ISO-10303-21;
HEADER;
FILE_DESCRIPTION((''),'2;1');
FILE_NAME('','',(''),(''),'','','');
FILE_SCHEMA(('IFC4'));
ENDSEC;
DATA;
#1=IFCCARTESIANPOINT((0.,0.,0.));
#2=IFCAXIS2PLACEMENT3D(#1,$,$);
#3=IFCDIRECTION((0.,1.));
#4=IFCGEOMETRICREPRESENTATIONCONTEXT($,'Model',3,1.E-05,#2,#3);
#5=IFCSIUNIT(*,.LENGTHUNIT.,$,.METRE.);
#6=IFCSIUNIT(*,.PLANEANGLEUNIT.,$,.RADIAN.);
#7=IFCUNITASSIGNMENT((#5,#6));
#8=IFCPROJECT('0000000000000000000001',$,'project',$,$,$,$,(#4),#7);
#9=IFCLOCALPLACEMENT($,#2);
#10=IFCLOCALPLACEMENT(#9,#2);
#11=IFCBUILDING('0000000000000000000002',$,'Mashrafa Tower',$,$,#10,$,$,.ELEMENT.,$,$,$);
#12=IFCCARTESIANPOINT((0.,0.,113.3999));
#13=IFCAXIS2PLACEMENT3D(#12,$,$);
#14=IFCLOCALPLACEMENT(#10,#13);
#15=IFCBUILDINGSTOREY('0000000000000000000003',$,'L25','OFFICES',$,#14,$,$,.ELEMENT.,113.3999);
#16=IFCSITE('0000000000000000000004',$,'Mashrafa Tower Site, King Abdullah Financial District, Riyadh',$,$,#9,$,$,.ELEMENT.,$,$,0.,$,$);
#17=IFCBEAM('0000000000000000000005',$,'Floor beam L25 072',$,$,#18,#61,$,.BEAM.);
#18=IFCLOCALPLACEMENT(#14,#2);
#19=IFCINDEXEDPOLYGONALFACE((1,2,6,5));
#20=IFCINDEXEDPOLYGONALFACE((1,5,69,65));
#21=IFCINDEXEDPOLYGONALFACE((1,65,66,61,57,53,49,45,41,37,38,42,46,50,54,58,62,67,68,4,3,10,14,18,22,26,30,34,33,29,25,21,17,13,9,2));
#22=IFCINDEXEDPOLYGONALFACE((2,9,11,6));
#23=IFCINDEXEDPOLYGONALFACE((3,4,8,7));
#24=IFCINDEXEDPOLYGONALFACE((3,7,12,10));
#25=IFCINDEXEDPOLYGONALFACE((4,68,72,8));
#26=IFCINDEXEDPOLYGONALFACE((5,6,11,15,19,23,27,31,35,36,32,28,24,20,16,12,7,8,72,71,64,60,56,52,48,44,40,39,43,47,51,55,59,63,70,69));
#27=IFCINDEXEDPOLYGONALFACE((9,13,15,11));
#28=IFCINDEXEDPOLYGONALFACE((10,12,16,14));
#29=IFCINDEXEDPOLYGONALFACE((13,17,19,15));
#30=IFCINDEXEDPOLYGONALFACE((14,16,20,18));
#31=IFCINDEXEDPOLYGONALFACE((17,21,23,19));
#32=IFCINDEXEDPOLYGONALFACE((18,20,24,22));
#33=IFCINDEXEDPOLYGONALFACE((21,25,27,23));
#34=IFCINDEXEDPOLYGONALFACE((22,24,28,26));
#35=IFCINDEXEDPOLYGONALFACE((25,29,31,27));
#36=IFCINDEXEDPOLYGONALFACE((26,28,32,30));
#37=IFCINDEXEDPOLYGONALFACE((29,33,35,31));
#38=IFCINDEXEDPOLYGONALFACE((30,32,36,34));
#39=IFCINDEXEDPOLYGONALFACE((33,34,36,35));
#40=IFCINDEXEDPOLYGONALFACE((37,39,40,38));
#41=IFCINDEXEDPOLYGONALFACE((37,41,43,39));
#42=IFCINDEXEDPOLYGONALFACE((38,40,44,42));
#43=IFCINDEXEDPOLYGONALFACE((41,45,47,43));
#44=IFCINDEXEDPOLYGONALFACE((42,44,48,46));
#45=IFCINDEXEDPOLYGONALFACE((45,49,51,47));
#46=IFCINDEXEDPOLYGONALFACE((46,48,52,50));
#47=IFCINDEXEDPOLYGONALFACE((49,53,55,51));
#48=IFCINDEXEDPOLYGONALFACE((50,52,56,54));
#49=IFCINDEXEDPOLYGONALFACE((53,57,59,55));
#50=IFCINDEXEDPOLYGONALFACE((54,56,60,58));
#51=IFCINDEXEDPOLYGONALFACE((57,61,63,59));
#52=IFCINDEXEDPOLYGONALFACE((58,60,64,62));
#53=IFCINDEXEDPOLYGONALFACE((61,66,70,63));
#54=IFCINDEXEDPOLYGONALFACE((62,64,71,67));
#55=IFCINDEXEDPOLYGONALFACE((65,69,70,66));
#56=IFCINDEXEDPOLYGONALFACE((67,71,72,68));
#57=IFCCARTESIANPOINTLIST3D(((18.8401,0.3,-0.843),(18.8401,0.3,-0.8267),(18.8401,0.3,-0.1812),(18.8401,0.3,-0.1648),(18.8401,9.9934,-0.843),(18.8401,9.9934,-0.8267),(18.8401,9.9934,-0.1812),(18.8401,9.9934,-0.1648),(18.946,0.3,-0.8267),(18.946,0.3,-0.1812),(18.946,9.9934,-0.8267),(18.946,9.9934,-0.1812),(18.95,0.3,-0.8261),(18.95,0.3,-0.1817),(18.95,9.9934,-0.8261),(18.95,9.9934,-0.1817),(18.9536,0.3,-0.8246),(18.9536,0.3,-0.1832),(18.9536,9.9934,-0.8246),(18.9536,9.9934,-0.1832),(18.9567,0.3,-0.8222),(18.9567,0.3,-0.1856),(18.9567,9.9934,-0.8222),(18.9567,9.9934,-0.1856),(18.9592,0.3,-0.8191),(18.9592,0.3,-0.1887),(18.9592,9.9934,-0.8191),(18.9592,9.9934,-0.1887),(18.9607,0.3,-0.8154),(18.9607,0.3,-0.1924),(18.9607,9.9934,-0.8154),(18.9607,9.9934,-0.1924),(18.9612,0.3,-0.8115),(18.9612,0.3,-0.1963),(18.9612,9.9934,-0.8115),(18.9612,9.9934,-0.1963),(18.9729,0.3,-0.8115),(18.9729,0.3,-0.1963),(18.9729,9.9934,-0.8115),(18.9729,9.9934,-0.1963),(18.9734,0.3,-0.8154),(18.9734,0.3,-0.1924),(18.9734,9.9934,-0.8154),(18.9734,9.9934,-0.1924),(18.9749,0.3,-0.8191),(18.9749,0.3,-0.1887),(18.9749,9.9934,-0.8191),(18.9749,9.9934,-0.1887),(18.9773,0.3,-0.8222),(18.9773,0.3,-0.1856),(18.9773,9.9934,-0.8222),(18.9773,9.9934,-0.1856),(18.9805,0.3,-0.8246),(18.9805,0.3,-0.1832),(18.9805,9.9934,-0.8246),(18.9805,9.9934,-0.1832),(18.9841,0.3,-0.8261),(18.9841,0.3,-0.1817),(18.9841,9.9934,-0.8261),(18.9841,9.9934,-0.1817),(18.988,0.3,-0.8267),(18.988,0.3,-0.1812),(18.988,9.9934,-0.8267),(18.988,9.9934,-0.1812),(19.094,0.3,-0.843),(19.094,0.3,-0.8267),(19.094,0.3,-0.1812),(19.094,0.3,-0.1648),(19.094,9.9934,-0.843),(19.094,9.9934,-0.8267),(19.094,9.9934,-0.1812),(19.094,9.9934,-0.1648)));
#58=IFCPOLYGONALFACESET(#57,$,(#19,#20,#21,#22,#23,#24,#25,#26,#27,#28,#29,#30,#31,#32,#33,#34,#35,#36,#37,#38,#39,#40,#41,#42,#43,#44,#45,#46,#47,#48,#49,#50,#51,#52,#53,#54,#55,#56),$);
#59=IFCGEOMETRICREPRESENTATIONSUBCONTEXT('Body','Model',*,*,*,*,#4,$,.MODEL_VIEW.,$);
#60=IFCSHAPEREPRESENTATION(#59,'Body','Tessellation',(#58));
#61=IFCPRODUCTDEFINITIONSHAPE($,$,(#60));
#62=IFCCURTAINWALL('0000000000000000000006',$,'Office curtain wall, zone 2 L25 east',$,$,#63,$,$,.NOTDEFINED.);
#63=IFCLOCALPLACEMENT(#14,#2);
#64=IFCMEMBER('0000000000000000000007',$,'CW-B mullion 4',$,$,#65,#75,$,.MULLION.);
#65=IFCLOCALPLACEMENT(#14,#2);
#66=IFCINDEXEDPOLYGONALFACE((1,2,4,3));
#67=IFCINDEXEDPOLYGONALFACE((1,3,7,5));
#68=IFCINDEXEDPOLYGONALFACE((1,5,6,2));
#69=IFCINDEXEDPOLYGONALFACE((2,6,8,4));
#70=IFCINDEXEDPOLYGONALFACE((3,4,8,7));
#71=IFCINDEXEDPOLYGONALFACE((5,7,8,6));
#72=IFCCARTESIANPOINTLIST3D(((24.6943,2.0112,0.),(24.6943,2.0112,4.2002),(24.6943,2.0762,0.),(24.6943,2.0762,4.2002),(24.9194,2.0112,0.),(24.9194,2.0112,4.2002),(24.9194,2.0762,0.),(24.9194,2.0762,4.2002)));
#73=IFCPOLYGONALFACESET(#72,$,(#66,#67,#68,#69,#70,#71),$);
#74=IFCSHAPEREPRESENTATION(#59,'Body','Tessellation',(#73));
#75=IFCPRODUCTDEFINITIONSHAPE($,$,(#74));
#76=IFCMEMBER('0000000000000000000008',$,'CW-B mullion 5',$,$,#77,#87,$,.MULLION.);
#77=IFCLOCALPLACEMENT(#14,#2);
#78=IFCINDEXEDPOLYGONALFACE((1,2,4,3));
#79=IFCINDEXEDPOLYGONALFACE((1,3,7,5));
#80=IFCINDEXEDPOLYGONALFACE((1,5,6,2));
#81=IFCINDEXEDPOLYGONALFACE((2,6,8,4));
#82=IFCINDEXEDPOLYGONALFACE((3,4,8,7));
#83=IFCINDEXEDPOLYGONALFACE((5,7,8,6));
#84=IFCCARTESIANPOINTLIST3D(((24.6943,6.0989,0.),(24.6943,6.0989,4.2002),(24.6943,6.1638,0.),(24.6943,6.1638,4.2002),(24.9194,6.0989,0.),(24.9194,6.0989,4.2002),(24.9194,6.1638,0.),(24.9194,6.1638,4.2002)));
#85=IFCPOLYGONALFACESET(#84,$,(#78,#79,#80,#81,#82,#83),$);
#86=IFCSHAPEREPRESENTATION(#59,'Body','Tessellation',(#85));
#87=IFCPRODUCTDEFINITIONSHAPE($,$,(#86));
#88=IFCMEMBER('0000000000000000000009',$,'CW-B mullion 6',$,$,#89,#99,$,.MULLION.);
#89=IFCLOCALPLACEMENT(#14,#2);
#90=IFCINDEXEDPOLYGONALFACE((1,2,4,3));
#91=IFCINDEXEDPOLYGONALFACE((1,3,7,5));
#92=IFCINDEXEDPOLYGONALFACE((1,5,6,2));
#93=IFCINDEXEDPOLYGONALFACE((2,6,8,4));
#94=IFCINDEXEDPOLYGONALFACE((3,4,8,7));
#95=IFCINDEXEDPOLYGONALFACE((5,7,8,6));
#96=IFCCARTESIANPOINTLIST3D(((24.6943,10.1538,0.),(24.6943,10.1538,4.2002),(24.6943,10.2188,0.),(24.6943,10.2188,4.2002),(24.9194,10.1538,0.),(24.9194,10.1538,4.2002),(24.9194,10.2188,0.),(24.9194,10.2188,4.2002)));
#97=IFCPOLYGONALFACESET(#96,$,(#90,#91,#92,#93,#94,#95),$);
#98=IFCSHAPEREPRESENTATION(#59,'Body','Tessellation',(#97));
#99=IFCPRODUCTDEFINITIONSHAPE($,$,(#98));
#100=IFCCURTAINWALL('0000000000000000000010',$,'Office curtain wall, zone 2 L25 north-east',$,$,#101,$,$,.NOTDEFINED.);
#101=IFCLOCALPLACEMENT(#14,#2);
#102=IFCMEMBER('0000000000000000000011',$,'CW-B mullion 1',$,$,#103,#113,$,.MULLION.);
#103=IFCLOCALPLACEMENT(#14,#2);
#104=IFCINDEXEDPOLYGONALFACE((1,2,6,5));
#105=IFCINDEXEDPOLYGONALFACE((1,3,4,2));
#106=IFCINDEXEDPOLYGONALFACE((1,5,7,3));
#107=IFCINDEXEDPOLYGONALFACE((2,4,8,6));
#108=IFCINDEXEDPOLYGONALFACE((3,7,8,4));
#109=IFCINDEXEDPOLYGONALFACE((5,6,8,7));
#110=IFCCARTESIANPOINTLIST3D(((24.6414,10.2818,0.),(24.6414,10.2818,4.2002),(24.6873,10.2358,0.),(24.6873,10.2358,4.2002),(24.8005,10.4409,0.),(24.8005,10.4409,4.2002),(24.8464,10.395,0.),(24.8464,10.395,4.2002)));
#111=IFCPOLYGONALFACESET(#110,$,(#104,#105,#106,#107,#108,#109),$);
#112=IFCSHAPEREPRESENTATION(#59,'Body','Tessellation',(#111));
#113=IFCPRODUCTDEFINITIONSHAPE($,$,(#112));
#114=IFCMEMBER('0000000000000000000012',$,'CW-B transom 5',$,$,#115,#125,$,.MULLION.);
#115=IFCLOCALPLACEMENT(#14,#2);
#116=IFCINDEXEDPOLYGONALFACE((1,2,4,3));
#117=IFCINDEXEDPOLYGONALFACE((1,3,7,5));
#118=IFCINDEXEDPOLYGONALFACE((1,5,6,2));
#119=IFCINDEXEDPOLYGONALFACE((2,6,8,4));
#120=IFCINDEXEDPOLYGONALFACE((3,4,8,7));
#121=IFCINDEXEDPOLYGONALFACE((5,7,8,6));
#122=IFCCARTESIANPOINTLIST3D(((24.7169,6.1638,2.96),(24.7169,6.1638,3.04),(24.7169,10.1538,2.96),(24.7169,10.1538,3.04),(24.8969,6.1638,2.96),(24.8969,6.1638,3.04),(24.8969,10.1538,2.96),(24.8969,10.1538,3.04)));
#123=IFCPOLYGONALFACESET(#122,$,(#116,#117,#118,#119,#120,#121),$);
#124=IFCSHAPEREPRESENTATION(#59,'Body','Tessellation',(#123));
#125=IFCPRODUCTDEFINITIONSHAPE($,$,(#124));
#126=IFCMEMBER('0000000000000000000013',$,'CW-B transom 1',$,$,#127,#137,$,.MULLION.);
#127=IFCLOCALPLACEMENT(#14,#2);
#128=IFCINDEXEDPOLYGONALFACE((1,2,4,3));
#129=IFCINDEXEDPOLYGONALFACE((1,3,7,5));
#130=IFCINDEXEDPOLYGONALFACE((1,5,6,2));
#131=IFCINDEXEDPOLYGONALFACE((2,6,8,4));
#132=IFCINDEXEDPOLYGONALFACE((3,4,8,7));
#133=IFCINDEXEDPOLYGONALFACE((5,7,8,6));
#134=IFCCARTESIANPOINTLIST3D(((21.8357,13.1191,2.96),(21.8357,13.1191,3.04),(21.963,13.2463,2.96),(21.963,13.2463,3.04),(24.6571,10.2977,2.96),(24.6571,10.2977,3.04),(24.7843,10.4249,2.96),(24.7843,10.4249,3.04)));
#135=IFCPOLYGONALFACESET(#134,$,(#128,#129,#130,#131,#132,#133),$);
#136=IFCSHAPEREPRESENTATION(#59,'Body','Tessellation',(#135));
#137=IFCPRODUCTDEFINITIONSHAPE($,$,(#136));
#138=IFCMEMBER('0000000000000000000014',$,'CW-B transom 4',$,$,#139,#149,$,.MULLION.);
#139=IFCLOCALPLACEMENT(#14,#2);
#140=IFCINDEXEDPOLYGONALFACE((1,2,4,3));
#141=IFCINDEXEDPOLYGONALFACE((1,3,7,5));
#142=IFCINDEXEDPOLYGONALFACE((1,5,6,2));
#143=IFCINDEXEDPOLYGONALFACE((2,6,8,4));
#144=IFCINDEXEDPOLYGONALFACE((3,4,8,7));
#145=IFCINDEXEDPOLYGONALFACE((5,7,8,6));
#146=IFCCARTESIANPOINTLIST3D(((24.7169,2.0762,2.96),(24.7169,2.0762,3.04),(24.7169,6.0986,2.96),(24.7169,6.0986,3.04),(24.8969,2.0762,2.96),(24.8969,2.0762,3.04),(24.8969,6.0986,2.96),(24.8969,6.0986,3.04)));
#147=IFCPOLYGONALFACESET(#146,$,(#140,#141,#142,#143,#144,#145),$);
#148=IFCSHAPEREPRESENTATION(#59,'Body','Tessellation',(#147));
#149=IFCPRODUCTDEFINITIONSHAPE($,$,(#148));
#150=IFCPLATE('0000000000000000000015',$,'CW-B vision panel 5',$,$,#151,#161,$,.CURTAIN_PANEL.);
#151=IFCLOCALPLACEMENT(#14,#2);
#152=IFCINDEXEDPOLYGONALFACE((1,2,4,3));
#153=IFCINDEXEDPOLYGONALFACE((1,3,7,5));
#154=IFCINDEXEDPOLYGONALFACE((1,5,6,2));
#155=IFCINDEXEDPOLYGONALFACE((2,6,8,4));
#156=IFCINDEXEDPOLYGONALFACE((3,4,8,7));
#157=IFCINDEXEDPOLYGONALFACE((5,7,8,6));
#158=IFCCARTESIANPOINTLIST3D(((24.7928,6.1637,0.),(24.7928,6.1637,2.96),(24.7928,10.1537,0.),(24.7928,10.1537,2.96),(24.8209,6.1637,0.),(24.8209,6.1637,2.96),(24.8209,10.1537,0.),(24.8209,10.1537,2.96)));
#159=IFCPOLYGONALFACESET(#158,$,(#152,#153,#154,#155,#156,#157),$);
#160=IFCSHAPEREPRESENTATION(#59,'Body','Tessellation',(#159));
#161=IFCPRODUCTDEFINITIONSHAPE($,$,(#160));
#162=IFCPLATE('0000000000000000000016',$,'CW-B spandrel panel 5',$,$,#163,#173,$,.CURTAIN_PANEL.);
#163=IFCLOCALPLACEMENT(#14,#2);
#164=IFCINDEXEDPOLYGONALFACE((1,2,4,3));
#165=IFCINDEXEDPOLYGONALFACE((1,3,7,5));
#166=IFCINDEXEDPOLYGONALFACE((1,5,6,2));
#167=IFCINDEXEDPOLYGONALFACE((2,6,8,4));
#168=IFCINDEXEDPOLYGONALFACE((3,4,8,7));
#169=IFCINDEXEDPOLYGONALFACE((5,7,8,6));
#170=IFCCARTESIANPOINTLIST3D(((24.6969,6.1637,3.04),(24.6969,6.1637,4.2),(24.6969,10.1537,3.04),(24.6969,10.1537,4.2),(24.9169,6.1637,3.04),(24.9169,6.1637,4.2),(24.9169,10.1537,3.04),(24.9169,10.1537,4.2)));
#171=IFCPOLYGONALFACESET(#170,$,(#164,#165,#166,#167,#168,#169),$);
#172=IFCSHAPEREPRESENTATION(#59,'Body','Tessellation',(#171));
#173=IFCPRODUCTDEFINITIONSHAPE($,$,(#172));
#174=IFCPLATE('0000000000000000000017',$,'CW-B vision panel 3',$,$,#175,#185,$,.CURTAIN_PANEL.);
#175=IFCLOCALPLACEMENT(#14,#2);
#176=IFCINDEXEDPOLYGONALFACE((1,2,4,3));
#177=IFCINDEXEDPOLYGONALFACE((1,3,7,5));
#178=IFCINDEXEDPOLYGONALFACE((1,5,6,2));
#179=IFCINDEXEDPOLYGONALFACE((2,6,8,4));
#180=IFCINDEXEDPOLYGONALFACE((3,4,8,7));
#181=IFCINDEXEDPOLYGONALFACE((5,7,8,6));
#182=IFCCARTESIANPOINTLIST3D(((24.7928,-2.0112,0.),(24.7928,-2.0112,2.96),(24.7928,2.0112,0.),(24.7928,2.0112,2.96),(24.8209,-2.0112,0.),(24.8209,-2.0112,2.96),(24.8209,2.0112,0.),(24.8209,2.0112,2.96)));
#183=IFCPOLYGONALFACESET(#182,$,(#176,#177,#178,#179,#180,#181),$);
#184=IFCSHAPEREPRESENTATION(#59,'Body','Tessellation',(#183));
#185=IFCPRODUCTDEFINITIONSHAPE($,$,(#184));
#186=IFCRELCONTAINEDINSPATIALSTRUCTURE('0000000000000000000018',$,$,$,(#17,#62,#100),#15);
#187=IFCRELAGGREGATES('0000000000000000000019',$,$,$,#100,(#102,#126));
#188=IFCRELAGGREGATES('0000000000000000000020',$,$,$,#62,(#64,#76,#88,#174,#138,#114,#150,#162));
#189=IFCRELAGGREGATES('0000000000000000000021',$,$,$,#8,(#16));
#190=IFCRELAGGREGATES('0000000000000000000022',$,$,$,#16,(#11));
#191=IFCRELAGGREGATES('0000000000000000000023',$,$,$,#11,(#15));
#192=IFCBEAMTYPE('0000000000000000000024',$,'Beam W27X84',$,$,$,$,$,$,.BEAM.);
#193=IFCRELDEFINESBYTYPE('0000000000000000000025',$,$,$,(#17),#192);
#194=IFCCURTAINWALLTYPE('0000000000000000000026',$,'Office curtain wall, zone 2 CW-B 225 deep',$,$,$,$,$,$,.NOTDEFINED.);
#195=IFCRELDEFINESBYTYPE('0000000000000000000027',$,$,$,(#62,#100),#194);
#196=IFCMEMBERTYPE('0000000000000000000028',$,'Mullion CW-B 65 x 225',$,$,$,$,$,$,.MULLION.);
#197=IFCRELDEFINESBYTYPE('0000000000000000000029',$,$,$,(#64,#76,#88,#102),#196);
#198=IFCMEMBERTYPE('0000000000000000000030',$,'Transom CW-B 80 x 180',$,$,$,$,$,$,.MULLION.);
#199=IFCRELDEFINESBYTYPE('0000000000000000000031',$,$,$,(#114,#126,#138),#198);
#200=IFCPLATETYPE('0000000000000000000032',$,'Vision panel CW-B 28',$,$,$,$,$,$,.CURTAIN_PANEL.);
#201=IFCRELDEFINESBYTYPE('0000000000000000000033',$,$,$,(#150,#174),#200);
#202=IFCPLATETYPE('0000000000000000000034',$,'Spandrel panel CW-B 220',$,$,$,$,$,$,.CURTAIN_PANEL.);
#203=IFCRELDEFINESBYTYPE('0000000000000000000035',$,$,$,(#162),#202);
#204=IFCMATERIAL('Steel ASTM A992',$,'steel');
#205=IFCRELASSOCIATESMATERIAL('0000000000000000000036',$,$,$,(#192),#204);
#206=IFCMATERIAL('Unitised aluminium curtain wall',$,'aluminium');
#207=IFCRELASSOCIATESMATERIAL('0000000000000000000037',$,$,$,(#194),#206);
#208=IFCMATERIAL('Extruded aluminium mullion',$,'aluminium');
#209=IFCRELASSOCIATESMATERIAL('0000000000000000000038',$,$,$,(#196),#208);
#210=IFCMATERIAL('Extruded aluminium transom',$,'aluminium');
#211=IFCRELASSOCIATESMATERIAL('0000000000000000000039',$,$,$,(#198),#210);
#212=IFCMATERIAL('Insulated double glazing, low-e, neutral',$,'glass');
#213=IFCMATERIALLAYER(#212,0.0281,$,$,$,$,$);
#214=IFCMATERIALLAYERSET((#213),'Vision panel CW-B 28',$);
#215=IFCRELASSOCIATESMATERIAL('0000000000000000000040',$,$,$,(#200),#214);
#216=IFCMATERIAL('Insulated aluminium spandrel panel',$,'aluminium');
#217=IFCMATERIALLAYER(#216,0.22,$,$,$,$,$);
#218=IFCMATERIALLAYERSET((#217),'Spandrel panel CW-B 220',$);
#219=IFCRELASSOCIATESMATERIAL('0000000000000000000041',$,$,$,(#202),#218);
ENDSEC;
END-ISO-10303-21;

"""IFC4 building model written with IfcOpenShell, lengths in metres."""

from ifc_helpers import new_model, si_unit, direction, frame, origin, origin_2d, place, context, subcontext, project, spatial, rectangle, i_section, extrude, source, transform, mapped, material, layer, layer_set, material_profile, profile_set, type_object, type_shapes, element, aggregate, save


model = new_model("IFC4")

# Units and contexts
model_context = context("Model", 3, precision=1e-05, world=origin(), true_north=direction((0.0, 1.0)))
body_context = subcontext(model_context, "Body", "Model", "MODEL_VIEW")
ifc_project = project(units=[si_unit("LENGTHUNIT", "METRE"), si_unit("PLANEANGLEUNIT", "RADIAN")], contexts=[model_context])

# Site, building, storey
site_placement = place(None, origin())
site = spatial("IfcSite", under=ifc_project, at=site_placement, Name="Mashrafa Tower Site, King Abdullah Financial District, Riyadh", CompositionType="ELEMENT", RefElevation=0.0)
building_placement = place(site_placement, origin())
building = spatial("IfcBuilding", under=site, at=building_placement, Name="Mashrafa Tower", CompositionType="ELEMENT")
storey_placement = place(building_placement, frame((0.0, 0.0, 113.3999)))
storey = spatial("IfcBuildingStorey", under=building, at=storey_placement, Name="L25", Description="OFFICES", CompositionType="ELEMENT", Elevation=113.3999)

# Beam
ifc_material_1 = material(Name="Steel ASTM A992", Category="steel")
ifc_material_profile_1 = material_profile(ifc_material_1, i_section(OverallWidth=0.2539, OverallDepth=0.6782, WebThickness=0.0117, FlangeThickness=0.0164, FilletRadius=0.0151, at=origin_2d()), Name="W27X84")
ifc_profile_set_1 = profile_set([ifc_material_profile_1], Name="Steel ASTM A992")
beam_type_1 = type_object("IfcBeamType", Name="Beam W27X84", PredefinedType="BEAM", material=ifc_profile_set_1)
beam_1_placement = place(storey_placement, frame((18.967, 9.9934, -0.5039), z_axis=(0.0, -1.0, 0.0), x_axis=(1.0, 0.0, 0.0)))
element("IfcBeam", 1, at=beam_1_placement, inside=storey, type_object=beam_type_1, Name="Floor beam L25 072", PredefinedType="BEAM", context=body_context, shape_type="SweptSolid", body=[
    extrude(i_section(OverallWidth=0.2539, OverallDepth=0.6782, WebThickness=0.0117, FlangeThickness=0.0164, FilletRadius=0.0151, at=origin_2d()), origin(), (0.0, 0.0, 1.0), 9.6934),
])

# Curtain wall, members
ifc_material_2 = material(Name="Unitised aluminium curtain wall", Category="aluminium")
curtain_wall_type = type_object("IfcCurtainWallType", Name="Office curtain wall, zone 2 CW-B 225 deep", PredefinedType="NOTDEFINED", material=ifc_material_2)
curtain_wall_1_placement = place(storey_placement, origin())
curtain_wall_1 = element("IfcCurtainWall", 2, at=curtain_wall_1_placement, inside=storey, type_object=curtain_wall_type, Name="Office curtain wall, zone 2 L25 east", PredefinedType="NOTDEFINED")
ifc_material_3 = material(Name="Extruded aluminium mullion", Category="aluminium")
ifc_material_profile_2 = material_profile(ifc_material_3, rectangle(XDim=0.2251, YDim=0.0649, at=origin_2d()), Name="Mullion 65x225")
ifc_profile_set_2 = profile_set([ifc_material_profile_2], Name="Extruded aluminium mullion")
member_type_1 = type_object("IfcMemberType", Name="Mullion CW-B 65 x 225", PredefinedType="MULLION", material=ifc_profile_set_2)
shared_shape_1 = source(origin(), body_context, "Body", "SweptSolid", [
    extrude(rectangle(XDim=0.2251, YDim=0.0649, at=origin_2d()), origin(), (0.0, 0.0, 1.0), 4.2002),
])
type_shapes(member_type_1, [shared_shape_1])
member_1_placement = place(storey_placement, frame((24.8069, 2.0437, 0.0), z_axis=(0.0, 0.0, 1.0), x_axis=(-1.0, 0.0, 0.0)))
member_1 = element("IfcMember", 3, at=member_1_placement, type_object=member_type_1, Name="CW-B mullion 4", PredefinedType="MULLION", context=body_context, shape_type="MappedRepresentation", body=[
    mapped(shared_shape_1, transform((0.0, 0.0, 0.0))),
])
member_2_placement = place(storey_placement, frame((24.8069, 6.1313, 0.0), z_axis=(0.0, 0.0, 1.0), x_axis=(-1.0, 0.0, 0.0)))
member_2 = element("IfcMember", 4, at=member_2_placement, type_object=member_type_1, Name="CW-B mullion 5", PredefinedType="MULLION", context=body_context, shape_type="MappedRepresentation", body=[
    mapped(shared_shape_1, transform((0.0, 0.0, 0.0))),
])
member_3_placement = place(storey_placement, frame((24.8069, 10.1863, 0.0), z_axis=(0.0, 0.0, 1.0), x_axis=(-1.0, 0.0, 0.0)))
member_3 = element("IfcMember", 5, at=member_3_placement, type_object=member_type_1, Name="CW-B mullion 6", PredefinedType="MULLION", context=body_context, shape_type="MappedRepresentation", body=[
    mapped(shared_shape_1, transform((0.0, 0.0, 0.0))),
])

# Curtain wall, member
curtain_wall_2_placement = place(storey_placement, origin())
curtain_wall_2 = element("IfcCurtainWall", 6, at=curtain_wall_2_placement, inside=storey, type_object=curtain_wall_type, Name="Office curtain wall, zone 2 L25 north-east", PredefinedType="NOTDEFINED")
member_4_placement = place(storey_placement, frame((24.7439, 10.3384, 0.0), z_axis=(0.0, 0.0, 1.0), x_axis=(-0.707107, -0.707107, 0.0)))
member_4 = element("IfcMember", 7, at=member_4_placement, type_object=member_type_1, Name="CW-B mullion 1", PredefinedType="MULLION", context=body_context, shape_type="MappedRepresentation", body=[
    mapped(shared_shape_1, transform((0.0, 0.0, 0.0))),
])

# Members
ifc_material_4 = material(Name="Extruded aluminium transom", Category="aluminium")
ifc_material_profile_3 = material_profile(ifc_material_4, rectangle(XDim=0.1799, YDim=0.0801, at=origin_2d()), Name="Transom 80x180")
ifc_profile_set_3 = profile_set([ifc_material_profile_3], Name="Extruded aluminium transom")
member_type_2 = type_object("IfcMemberType", Name="Transom CW-B 80 x 180", PredefinedType="MULLION", material=ifc_profile_set_3)
shared_shape_2 = source(origin(), body_context, "Body", "SweptSolid", [
    extrude(rectangle(XDim=0.1799, YDim=0.0801, at=origin_2d()), origin(), (0.0, 0.0, 1.0), 3.99),
])
member_5_placement = place(storey_placement, frame((24.8069, 6.1638, 3.0), z_axis=(0.0, 1.0, 0.0), x_axis=(-1.0, 0.0, 0.0)))
member_5 = element("IfcMember", 8, at=member_5_placement, type_object=member_type_2, Name="CW-B transom 5", PredefinedType="MULLION", context=body_context, shape_type="MappedRepresentation", body=[
    mapped(shared_shape_2, transform((0.0, 0.0, 0.0))),
])
member_6_placement = place(storey_placement, frame((24.7207, 10.3613, 3.0), z_axis=(-0.707107, 0.707107, 0.0), x_axis=(-0.707107, -0.707107, 0.0)))
member_6 = element("IfcMember", 9, at=member_6_placement, type_object=member_type_2, Name="CW-B transom 1", PredefinedType="MULLION", context=body_context, shape_type="MappedRepresentation", body=[
    mapped(shared_shape_2, transform((0.0, 0.0, 0.0))),
])
aggregate(curtain_wall_2, [member_4, member_6])
shared_shape_3 = source(origin(), body_context, "Body", "SweptSolid", [
    extrude(rectangle(XDim=0.1799, YDim=0.0801, at=origin_2d()), origin(), (0.0, 0.0, 1.0), 4.0225),
])
type_shapes(member_type_2, [shared_shape_2, shared_shape_3])
member_7_placement = place(storey_placement, frame((24.8069, 2.0762, 3.0), z_axis=(0.0, 1.0, 0.0), x_axis=(-1.0, 0.0, 0.0)))
member_7 = element("IfcMember", 10, at=member_7_placement, type_object=member_type_2, Name="CW-B transom 4", PredefinedType="MULLION", context=body_context, shape_type="MappedRepresentation", body=[
    mapped(shared_shape_3, transform((0.0, 0.0, 0.0))),
])

# Plates
ifc_material_5 = material(Name="Insulated double glazing, low-e, neutral", Category="glass")
ifc_layer_1 = layer(ifc_material_5, 0.0281)
ifc_layer_set_1 = layer_set([ifc_layer_1], Name="Vision panel CW-B 28")
plate_type_1 = type_object("IfcPlateType", Name="Vision panel CW-B 28", PredefinedType="CURTAIN_PANEL", material=ifc_layer_set_1)
shared_shape_4 = source(origin(), body_context, "Body", "SweptSolid", [
    extrude(rectangle(XDim=3.99, YDim=0.0281, at=origin_2d()), origin(), (0.0, 0.0, 1.0), 2.96),
])
plate_1_placement = place(storey_placement, frame((24.8069, 8.1587, 0.0), z_axis=(0.0, 0.0, 1.0), x_axis=(0.0, 1.0, 0.0)))
plate_1 = element("IfcPlate", 11, at=plate_1_placement, type_object=plate_type_1, Name="CW-B vision panel 5", PredefinedType="CURTAIN_PANEL", context=body_context, shape_type="MappedRepresentation", body=[
    mapped(shared_shape_4, transform((0.0, 0.0, 0.0))),
])
ifc_material_6 = material(Name="Insulated aluminium spandrel panel", Category="aluminium")
ifc_layer_2 = layer(ifc_material_6, 0.22)
ifc_layer_set_2 = layer_set([ifc_layer_2], Name="Spandrel panel CW-B 220")
plate_type_2 = type_object("IfcPlateType", Name="Spandrel panel CW-B 220", PredefinedType="CURTAIN_PANEL", material=ifc_layer_set_2)
shared_shape_5 = source(origin(), body_context, "Body", "SweptSolid", [
    extrude(rectangle(XDim=3.99, YDim=0.22, at=origin_2d()), origin(), (0.0, 0.0, 1.0), 1.1599),
])
plate_2_placement = place(storey_placement, frame((24.8069, 8.1587, 3.04), z_axis=(0.0, 0.0, 1.0), x_axis=(0.0, 1.0, 0.0)))
plate_2 = element("IfcPlate", 12, at=plate_2_placement, type_object=plate_type_2, Name="CW-B spandrel panel 5", PredefinedType="CURTAIN_PANEL", context=body_context, shape_type="MappedRepresentation", body=[
    mapped(shared_shape_5, transform((0.0, 0.0, 0.0))),
])
shared_shape_6 = source(origin(), body_context, "Body", "SweptSolid", [
    extrude(rectangle(XDim=4.0225, YDim=0.0281, at=origin_2d()), origin(), (0.0, 0.0, 1.0), 2.96),
])
type_shapes(plate_type_1, [shared_shape_4, shared_shape_6])
plate_3_placement = place(storey_placement, frame((24.8069, 0.0, 0.0), z_axis=(0.0, 0.0, 1.0), x_axis=(0.0, 1.0, 0.0)))
plate_3 = element("IfcPlate", 13, at=plate_3_placement, type_object=plate_type_1, Name="CW-B vision panel 3", PredefinedType="CURTAIN_PANEL", context=body_context, shape_type="MappedRepresentation", body=[
    mapped(shared_shape_6, transform((0.0, 0.0, 0.0))),
])
aggregate(curtain_wall_1, [member_1, member_2, member_3, plate_3, member_7, member_5, plate_1, plate_2])

save(model, "model.ifc")
